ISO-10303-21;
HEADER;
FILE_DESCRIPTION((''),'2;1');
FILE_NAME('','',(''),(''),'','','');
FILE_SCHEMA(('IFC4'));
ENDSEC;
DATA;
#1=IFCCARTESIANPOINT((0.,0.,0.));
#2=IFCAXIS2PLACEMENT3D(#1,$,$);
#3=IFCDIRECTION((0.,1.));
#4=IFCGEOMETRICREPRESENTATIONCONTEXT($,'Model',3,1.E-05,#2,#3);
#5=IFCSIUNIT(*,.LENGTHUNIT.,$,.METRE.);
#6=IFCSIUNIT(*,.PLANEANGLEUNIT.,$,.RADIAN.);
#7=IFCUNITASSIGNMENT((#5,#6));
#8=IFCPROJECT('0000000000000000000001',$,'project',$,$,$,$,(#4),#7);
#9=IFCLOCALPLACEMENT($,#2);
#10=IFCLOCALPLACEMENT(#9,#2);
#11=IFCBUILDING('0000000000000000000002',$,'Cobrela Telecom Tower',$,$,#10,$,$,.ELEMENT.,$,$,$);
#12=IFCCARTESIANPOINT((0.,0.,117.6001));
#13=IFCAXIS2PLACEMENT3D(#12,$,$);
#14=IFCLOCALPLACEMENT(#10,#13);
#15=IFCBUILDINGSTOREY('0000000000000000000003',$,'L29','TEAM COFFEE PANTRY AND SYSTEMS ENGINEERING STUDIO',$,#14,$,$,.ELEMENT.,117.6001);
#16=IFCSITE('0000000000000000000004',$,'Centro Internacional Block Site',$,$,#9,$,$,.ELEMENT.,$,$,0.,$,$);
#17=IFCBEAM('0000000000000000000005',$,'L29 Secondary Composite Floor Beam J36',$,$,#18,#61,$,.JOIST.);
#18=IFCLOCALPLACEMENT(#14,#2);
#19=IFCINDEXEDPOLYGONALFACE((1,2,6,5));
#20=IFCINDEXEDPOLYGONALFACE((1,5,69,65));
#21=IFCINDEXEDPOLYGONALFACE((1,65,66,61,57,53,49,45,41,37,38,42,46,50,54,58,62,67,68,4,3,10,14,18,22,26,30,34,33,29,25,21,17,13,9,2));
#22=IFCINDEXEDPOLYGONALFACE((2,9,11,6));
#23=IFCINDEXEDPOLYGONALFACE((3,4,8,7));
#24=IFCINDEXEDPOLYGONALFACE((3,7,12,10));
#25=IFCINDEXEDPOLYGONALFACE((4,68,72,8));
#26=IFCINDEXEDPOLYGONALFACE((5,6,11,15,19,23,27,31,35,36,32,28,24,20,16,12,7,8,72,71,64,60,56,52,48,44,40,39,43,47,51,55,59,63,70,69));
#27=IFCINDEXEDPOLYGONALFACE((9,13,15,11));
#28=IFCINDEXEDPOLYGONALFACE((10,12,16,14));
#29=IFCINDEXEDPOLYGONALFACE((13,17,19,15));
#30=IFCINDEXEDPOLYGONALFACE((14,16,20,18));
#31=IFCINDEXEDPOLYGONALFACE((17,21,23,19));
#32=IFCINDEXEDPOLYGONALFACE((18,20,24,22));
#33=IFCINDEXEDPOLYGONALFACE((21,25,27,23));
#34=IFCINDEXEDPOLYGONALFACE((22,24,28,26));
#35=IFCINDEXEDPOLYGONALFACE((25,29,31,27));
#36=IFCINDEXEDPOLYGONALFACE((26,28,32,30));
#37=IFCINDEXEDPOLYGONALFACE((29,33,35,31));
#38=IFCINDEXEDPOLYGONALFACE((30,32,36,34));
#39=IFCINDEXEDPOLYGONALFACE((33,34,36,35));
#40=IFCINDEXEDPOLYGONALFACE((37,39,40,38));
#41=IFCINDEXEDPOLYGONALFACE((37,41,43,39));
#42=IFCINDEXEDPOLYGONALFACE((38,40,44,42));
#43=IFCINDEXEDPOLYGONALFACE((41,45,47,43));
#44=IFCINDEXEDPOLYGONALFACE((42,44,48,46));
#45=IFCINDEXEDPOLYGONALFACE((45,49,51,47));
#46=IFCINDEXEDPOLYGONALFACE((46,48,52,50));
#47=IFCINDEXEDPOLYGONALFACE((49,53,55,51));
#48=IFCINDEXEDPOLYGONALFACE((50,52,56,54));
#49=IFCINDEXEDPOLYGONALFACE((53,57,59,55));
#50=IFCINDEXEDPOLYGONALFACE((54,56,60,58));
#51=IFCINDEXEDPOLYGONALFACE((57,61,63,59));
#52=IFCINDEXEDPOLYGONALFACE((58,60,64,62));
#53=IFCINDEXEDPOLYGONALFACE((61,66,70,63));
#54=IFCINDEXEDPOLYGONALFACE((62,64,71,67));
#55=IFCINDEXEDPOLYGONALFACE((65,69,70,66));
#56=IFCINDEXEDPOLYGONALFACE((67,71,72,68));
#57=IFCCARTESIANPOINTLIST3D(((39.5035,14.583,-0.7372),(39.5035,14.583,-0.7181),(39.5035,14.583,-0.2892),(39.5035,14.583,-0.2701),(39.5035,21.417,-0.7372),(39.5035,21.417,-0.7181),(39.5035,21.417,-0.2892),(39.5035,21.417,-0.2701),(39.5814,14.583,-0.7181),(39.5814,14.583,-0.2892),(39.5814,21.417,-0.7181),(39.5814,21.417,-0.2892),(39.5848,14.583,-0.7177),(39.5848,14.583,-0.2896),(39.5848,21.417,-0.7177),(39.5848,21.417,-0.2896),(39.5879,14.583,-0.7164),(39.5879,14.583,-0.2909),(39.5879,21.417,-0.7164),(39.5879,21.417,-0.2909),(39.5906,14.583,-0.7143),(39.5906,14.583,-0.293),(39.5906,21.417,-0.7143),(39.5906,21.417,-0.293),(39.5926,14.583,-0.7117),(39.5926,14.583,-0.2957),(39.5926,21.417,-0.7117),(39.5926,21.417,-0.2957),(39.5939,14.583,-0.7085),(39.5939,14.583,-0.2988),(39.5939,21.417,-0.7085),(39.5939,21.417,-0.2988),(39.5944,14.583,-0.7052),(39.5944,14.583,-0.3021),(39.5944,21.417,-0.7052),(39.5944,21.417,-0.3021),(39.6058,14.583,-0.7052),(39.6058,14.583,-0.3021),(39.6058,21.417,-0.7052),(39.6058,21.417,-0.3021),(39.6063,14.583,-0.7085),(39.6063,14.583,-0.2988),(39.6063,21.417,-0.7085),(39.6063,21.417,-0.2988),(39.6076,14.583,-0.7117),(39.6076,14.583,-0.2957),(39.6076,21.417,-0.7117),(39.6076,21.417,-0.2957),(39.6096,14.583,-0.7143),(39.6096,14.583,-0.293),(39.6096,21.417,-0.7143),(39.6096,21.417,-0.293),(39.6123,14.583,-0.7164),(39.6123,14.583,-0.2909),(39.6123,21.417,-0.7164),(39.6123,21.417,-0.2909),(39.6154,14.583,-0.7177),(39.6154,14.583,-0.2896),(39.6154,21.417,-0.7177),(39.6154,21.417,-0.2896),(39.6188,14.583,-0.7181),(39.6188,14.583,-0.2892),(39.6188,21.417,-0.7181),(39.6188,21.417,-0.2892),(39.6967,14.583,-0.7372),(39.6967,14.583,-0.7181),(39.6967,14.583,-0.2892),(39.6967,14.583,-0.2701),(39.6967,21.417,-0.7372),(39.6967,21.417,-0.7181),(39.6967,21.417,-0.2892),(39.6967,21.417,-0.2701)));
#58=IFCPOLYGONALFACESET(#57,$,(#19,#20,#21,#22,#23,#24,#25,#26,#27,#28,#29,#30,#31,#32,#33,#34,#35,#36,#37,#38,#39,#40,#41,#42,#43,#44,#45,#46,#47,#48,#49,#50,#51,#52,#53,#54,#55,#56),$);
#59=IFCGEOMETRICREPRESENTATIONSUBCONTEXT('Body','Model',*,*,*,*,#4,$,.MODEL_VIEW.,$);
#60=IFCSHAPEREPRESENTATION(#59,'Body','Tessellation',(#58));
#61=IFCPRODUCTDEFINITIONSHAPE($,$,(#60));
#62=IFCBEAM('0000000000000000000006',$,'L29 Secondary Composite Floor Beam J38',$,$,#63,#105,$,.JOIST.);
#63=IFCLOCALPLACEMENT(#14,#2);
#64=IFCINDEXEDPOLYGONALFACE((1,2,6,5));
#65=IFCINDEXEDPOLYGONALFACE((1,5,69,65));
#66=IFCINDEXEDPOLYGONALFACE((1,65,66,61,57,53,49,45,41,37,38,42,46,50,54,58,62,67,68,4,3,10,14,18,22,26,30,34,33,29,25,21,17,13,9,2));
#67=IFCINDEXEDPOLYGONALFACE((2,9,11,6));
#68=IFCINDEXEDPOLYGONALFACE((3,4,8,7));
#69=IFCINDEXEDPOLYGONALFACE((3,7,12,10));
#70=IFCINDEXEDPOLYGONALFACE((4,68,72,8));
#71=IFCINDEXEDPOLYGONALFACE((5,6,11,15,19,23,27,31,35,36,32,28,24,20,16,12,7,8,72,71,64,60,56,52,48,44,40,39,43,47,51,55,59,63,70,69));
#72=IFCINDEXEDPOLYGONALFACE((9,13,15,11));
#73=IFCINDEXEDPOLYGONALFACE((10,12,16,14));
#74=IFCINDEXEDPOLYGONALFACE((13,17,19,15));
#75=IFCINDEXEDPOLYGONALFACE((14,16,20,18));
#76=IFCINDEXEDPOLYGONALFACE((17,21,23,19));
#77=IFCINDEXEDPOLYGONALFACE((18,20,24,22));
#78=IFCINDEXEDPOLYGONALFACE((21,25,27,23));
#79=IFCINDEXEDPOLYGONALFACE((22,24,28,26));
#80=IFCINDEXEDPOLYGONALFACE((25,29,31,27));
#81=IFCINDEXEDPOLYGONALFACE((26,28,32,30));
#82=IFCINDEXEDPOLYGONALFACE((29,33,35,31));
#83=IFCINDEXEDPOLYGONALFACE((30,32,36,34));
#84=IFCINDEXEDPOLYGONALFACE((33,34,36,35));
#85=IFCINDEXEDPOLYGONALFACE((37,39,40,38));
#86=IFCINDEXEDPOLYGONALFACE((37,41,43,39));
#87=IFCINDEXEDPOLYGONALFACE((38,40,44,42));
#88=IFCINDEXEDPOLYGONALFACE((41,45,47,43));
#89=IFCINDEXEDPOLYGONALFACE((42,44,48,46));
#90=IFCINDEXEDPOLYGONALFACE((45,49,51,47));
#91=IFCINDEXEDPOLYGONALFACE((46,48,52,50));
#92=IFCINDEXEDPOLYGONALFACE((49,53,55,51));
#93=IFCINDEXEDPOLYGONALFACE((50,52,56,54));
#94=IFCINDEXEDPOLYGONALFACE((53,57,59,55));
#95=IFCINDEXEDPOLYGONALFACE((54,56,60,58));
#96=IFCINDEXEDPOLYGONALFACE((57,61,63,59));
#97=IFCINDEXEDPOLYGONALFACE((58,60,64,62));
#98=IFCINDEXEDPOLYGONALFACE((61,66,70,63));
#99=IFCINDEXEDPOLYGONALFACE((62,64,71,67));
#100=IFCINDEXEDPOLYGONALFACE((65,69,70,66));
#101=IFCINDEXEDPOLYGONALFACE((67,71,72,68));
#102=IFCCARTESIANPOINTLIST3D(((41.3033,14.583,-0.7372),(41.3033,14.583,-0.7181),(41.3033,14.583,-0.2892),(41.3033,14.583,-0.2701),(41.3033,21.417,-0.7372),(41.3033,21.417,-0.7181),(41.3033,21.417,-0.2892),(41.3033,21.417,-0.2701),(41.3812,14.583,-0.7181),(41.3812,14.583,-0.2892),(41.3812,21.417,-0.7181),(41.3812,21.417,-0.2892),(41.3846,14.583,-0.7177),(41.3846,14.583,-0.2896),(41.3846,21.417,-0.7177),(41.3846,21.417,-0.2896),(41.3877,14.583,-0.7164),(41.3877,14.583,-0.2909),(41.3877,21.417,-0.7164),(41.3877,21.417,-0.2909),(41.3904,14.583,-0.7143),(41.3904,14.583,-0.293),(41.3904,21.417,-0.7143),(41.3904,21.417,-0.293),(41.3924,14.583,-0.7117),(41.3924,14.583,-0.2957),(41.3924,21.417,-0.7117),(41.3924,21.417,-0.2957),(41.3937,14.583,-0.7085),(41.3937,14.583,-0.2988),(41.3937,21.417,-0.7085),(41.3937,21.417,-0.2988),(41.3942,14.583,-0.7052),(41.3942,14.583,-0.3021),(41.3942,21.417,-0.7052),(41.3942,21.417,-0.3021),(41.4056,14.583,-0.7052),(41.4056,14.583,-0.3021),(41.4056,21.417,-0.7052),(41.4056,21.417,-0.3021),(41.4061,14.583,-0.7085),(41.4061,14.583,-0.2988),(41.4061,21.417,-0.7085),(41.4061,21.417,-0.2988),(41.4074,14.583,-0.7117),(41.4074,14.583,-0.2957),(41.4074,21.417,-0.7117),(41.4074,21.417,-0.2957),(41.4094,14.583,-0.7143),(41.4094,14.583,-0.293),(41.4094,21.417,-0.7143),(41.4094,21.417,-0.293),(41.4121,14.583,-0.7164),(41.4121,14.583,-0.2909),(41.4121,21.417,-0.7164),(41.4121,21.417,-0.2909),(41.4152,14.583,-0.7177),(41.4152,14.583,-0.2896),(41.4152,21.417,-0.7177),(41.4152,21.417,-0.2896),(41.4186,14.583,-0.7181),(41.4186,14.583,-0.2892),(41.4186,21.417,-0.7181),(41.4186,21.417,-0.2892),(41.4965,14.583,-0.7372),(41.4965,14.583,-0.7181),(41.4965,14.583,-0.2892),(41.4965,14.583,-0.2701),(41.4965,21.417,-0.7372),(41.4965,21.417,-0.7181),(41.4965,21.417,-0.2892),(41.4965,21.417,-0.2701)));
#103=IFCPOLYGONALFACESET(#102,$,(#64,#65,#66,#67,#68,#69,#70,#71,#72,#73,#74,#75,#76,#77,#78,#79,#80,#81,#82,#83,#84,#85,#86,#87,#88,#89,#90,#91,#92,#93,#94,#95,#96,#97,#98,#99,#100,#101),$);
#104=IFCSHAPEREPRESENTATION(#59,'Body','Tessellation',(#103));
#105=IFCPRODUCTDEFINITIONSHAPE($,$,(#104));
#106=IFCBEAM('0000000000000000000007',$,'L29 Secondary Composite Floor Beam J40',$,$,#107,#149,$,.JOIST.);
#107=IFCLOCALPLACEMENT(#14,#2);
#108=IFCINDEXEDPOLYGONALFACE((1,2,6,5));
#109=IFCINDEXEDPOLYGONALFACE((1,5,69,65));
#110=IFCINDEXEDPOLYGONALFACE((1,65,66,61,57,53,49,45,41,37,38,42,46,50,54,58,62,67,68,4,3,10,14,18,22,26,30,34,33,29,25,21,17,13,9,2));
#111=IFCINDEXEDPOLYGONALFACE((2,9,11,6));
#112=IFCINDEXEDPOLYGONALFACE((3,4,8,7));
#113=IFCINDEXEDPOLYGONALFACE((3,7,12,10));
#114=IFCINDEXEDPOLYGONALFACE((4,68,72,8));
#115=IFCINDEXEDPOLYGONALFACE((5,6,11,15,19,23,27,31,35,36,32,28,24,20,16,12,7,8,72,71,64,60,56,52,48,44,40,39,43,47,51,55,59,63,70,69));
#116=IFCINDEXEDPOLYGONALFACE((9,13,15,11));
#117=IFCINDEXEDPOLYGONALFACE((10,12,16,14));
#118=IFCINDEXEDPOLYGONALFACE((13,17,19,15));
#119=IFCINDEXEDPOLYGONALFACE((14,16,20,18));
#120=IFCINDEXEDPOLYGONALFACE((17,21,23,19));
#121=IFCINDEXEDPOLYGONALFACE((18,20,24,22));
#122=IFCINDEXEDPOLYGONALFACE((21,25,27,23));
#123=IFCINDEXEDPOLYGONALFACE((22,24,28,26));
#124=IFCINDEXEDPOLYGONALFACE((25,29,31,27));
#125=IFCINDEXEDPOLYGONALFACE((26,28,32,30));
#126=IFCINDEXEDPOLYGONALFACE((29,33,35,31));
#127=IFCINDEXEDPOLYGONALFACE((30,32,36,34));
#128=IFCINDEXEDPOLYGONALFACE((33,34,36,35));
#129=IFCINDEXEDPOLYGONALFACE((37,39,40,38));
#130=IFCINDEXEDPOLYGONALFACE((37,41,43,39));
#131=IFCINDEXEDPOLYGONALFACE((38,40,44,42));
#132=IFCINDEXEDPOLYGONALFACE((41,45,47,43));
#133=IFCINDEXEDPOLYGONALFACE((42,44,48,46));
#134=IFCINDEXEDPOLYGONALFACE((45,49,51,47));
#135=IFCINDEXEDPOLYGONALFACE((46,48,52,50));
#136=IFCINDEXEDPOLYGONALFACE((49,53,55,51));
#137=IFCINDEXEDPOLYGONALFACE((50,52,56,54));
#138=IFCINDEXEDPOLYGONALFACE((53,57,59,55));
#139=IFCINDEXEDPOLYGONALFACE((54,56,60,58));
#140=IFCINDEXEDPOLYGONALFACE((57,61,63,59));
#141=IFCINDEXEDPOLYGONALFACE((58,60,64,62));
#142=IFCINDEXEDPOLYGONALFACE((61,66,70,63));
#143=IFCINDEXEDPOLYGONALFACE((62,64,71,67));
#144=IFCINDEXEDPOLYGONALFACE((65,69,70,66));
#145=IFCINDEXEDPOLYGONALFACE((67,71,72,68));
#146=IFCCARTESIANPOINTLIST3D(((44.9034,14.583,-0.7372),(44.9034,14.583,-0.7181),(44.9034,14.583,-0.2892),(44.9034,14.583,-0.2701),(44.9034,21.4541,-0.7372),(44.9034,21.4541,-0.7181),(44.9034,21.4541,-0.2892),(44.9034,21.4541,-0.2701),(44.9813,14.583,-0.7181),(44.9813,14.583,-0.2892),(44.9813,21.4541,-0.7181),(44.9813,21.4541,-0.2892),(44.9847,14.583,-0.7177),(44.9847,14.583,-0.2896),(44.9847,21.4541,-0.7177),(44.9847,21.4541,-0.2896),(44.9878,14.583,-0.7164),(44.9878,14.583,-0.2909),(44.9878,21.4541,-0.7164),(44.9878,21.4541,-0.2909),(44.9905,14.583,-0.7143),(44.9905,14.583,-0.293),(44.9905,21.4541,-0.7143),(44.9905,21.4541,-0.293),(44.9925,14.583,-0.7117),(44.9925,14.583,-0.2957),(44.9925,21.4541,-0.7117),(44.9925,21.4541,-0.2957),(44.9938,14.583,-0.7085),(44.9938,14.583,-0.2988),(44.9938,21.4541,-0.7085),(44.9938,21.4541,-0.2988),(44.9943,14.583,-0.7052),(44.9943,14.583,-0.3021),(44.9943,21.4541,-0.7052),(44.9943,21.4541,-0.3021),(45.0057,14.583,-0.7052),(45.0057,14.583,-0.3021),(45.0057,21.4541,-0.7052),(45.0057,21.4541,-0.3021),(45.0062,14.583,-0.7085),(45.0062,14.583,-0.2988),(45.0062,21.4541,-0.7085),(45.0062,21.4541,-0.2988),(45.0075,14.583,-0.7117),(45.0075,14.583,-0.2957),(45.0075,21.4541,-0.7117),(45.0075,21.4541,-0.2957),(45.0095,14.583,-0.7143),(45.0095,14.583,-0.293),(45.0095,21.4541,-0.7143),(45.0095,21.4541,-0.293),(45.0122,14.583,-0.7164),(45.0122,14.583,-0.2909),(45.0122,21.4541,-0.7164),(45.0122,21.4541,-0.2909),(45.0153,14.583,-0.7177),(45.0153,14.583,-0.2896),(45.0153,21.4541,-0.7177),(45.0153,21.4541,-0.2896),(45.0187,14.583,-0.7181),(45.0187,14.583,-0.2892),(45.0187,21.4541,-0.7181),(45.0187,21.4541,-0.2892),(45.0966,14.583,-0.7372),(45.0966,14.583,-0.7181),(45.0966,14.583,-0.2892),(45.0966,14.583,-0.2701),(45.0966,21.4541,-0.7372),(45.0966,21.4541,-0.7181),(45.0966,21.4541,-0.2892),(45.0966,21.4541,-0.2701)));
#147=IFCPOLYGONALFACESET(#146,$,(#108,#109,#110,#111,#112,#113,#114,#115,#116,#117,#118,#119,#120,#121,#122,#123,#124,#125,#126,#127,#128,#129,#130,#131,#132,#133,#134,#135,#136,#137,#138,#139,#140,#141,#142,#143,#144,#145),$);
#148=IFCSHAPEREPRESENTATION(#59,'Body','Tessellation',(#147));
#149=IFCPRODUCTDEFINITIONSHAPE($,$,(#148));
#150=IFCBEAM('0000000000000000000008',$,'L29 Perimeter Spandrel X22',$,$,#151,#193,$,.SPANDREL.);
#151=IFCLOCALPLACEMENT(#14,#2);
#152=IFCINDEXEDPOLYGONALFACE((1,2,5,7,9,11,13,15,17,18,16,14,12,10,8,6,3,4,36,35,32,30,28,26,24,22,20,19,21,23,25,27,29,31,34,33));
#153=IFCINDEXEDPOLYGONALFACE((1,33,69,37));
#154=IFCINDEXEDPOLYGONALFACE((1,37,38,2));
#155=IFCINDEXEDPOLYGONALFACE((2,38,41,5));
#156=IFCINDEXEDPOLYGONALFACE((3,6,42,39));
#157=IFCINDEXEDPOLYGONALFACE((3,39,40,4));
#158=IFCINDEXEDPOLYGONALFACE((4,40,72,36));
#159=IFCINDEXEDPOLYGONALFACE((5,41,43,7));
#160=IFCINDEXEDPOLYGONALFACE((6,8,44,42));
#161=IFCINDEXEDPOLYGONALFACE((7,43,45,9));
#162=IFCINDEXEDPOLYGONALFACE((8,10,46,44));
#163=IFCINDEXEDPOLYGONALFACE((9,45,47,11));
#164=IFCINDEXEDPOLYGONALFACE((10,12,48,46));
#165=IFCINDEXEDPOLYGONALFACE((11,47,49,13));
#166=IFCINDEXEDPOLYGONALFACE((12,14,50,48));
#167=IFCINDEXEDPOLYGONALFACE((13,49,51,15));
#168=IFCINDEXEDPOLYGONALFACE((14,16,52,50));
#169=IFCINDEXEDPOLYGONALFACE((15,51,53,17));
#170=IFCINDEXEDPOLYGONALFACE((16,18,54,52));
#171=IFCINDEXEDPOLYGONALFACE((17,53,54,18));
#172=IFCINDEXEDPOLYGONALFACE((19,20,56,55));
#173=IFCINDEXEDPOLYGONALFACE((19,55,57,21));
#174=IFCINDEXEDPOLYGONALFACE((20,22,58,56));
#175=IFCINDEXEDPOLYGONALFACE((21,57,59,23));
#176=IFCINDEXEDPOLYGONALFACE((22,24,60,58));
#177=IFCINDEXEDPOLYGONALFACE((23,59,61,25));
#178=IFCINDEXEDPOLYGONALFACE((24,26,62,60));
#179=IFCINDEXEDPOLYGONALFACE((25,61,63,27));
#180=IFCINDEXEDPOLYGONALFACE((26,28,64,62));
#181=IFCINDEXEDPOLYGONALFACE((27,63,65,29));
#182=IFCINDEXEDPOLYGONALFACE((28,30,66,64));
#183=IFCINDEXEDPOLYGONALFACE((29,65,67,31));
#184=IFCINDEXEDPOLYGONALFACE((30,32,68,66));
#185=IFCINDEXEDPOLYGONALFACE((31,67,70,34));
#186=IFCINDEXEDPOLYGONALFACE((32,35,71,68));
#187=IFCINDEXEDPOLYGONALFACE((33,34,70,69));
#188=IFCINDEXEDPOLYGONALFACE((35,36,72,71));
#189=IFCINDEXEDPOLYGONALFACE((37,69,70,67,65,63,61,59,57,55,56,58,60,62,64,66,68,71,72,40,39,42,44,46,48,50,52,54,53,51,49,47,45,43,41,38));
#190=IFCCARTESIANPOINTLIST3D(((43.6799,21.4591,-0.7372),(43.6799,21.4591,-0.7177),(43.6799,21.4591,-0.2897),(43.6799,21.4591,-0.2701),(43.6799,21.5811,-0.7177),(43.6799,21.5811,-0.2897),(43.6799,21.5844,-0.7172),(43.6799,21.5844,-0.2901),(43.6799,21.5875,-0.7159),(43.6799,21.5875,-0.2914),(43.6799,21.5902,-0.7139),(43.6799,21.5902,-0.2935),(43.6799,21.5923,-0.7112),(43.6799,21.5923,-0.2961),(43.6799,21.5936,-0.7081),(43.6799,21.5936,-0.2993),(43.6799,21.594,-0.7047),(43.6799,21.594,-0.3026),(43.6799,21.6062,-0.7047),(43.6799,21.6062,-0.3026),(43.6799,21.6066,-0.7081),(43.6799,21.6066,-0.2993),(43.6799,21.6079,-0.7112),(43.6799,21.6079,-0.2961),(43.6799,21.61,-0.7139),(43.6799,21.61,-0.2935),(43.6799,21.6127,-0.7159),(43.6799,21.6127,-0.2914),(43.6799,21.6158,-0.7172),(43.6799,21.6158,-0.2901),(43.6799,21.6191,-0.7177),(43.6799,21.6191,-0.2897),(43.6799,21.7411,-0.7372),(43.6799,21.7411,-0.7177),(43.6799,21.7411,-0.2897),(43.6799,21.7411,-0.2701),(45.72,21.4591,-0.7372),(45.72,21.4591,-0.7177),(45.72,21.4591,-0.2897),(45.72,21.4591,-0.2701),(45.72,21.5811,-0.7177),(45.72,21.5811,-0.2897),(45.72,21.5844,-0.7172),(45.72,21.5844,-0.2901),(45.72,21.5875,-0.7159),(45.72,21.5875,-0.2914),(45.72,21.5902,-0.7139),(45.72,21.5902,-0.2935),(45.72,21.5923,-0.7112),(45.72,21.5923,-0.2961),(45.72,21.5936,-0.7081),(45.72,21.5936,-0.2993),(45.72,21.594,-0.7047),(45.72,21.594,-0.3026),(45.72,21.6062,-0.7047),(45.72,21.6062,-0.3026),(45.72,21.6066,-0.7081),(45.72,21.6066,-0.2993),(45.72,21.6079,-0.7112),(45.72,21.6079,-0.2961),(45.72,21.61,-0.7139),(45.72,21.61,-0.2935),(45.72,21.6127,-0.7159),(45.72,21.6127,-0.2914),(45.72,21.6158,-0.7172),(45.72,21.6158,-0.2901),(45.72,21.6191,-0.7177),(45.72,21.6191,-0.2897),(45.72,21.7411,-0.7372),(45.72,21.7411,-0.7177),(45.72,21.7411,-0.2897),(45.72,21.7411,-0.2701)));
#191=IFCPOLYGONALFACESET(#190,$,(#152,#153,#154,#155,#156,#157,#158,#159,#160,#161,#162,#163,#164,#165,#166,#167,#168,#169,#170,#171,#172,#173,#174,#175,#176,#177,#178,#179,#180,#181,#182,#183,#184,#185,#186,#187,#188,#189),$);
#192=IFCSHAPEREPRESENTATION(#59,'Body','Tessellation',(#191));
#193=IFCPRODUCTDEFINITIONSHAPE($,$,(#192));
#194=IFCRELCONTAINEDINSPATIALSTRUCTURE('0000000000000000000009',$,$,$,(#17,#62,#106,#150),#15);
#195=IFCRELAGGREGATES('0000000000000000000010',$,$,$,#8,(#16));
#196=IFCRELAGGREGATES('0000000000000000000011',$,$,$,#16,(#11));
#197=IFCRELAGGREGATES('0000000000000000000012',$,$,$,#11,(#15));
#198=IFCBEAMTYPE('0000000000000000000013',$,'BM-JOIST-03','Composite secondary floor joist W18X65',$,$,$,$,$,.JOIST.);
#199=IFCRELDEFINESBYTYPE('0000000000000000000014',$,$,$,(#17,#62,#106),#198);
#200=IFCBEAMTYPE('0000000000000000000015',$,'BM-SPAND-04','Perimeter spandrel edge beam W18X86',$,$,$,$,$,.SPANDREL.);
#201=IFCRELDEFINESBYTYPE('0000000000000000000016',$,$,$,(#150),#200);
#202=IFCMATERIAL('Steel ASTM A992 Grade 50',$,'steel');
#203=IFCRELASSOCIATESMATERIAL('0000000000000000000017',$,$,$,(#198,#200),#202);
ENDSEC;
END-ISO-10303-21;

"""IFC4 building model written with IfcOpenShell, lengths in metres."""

from ifc_helpers import new_model, si_unit, direction, frame, origin, origin_2d, place, context, subcontext, project, spatial, i_section, extrude, material, material_profile, profile_set, type_object, element, save


model = new_model("IFC4")

# Units and contexts
model_context = context("Model", 3, precision=1e-05, world=origin(), true_north=direction((0.0, 1.0)))
body_context = subcontext(model_context, "Body", "Model", "MODEL_VIEW")
ifc_project = project(units=[si_unit("LENGTHUNIT", "METRE"), si_unit("PLANEANGLEUNIT", "RADIAN")], contexts=[model_context])

# Site, building, storey
site_placement = place(None, origin())
site = spatial("IfcSite", under=ifc_project, at=site_placement, Name="Centro Internacional Block Site", CompositionType="ELEMENT", RefElevation=0.0)
building_placement = place(site_placement, origin())
building = spatial("IfcBuilding", under=site, at=building_placement, Name="Cobrela Telecom Tower", CompositionType="ELEMENT")
storey_placement = place(building_placement, frame((0.0, 0.0, 117.6001)))
storey = spatial("IfcBuildingStorey", under=building, at=storey_placement, Name="L29", Description="TEAM COFFEE PANTRY AND SYSTEMS ENGINEERING STUDIO", CompositionType="ELEMENT", Elevation=117.6001)

# Shared definitions
ifc_material_1 = material(Name="Steel ASTM A992 Grade 50", Category="steel")

# Beams
ifc_material_profile_1 = material_profile(ifc_material_1, i_section(OverallWidth=0.1931, OverallDepth=0.467, WebThickness=0.0115, FlangeThickness=0.019, FilletRadius=0.0129, at=origin_2d()), Name="W18X65")
ifc_profile_set_1 = profile_set([ifc_material_profile_1], Name="Steel ASTM A992 Grade 50")
beam_type_1 = type_object("IfcBeamType", Name="BM-JOIST-03", Description="Composite secondary floor joist W18X65", PredefinedType="JOIST", material=ifc_profile_set_1)
for number, where, z_axis, x_axis, name in (
    (1, (39.6001, 14.583, -0.5037), (0.0, 1.0, 0.0), (-1.0, 0.0, 0.0), "L29 Secondary Composite Floor Beam J36"),
    (2, (41.3999, 14.583, -0.5037), (0.0, 1.0, 0.0), (-1.0, 0.0, 0.0), "L29 Secondary Composite Floor Beam J38"),
):
    element("IfcBeam", number, at=place(storey_placement, frame(where, z_axis=z_axis, x_axis=x_axis)), inside=storey, type_object=beam_type_1, Name=name, PredefinedType="JOIST", context=body_context, shape_type="SweptSolid", body=[
        extrude(i_section(OverallWidth=0.1931, OverallDepth=0.467, WebThickness=0.0115, FlangeThickness=0.019, FilletRadius=0.0129, at=origin_2d()), origin(), (0.0, 0.0, 1.0), 6.834),
    ])
beam_1_placement = place(storey_placement, frame((45.0, 14.583, -0.5037), z_axis=(0.0, 1.0, 0.0), x_axis=(-1.0, 0.0, 0.0)))
element("IfcBeam", 3, at=beam_1_placement, inside=storey, type_object=beam_type_1, Name="L29 Secondary Composite Floor Beam J40", PredefinedType="JOIST", context=body_context, shape_type="SweptSolid", body=[
    extrude(i_section(OverallWidth=0.1931, OverallDepth=0.467, WebThickness=0.0115, FlangeThickness=0.019, FilletRadius=0.0129, at=origin_2d()), origin(), (0.0, 0.0, 1.0), 6.8711),
])
ifc_material_profile_2 = material_profile(ifc_material_1, i_section(OverallWidth=0.282, OverallDepth=0.467, WebThickness=0.0122, FlangeThickness=0.0195, FilletRadius=0.0129, at=origin_2d()), Name="W18X86")
ifc_profile_set_2 = profile_set([ifc_material_profile_2], Name="Steel ASTM A992 Grade 50")
beam_type_2 = type_object("IfcBeamType", Name="BM-SPAND-04", Description="Perimeter spandrel edge beam W18X86", PredefinedType="SPANDREL", material=ifc_profile_set_2)
beam_2_placement = place(storey_placement, frame((43.6799, 21.6001, -0.5037), z_axis=(1.0, 0.0, 0.0), x_axis=(0.0, 1.0, 0.0)))
element("IfcBeam", 4, at=beam_2_placement, inside=storey, type_object=beam_type_2, Name="L29 Perimeter Spandrel X22", PredefinedType="SPANDREL", context=body_context, shape_type="SweptSolid", body=[
    extrude(i_section(OverallWidth=0.282, OverallDepth=0.467, WebThickness=0.0122, FlangeThickness=0.0195, FilletRadius=0.0129, at=origin_2d()), origin(), (0.0, 0.0, 1.0), 2.04),
])

save(model, "model.ifc")
